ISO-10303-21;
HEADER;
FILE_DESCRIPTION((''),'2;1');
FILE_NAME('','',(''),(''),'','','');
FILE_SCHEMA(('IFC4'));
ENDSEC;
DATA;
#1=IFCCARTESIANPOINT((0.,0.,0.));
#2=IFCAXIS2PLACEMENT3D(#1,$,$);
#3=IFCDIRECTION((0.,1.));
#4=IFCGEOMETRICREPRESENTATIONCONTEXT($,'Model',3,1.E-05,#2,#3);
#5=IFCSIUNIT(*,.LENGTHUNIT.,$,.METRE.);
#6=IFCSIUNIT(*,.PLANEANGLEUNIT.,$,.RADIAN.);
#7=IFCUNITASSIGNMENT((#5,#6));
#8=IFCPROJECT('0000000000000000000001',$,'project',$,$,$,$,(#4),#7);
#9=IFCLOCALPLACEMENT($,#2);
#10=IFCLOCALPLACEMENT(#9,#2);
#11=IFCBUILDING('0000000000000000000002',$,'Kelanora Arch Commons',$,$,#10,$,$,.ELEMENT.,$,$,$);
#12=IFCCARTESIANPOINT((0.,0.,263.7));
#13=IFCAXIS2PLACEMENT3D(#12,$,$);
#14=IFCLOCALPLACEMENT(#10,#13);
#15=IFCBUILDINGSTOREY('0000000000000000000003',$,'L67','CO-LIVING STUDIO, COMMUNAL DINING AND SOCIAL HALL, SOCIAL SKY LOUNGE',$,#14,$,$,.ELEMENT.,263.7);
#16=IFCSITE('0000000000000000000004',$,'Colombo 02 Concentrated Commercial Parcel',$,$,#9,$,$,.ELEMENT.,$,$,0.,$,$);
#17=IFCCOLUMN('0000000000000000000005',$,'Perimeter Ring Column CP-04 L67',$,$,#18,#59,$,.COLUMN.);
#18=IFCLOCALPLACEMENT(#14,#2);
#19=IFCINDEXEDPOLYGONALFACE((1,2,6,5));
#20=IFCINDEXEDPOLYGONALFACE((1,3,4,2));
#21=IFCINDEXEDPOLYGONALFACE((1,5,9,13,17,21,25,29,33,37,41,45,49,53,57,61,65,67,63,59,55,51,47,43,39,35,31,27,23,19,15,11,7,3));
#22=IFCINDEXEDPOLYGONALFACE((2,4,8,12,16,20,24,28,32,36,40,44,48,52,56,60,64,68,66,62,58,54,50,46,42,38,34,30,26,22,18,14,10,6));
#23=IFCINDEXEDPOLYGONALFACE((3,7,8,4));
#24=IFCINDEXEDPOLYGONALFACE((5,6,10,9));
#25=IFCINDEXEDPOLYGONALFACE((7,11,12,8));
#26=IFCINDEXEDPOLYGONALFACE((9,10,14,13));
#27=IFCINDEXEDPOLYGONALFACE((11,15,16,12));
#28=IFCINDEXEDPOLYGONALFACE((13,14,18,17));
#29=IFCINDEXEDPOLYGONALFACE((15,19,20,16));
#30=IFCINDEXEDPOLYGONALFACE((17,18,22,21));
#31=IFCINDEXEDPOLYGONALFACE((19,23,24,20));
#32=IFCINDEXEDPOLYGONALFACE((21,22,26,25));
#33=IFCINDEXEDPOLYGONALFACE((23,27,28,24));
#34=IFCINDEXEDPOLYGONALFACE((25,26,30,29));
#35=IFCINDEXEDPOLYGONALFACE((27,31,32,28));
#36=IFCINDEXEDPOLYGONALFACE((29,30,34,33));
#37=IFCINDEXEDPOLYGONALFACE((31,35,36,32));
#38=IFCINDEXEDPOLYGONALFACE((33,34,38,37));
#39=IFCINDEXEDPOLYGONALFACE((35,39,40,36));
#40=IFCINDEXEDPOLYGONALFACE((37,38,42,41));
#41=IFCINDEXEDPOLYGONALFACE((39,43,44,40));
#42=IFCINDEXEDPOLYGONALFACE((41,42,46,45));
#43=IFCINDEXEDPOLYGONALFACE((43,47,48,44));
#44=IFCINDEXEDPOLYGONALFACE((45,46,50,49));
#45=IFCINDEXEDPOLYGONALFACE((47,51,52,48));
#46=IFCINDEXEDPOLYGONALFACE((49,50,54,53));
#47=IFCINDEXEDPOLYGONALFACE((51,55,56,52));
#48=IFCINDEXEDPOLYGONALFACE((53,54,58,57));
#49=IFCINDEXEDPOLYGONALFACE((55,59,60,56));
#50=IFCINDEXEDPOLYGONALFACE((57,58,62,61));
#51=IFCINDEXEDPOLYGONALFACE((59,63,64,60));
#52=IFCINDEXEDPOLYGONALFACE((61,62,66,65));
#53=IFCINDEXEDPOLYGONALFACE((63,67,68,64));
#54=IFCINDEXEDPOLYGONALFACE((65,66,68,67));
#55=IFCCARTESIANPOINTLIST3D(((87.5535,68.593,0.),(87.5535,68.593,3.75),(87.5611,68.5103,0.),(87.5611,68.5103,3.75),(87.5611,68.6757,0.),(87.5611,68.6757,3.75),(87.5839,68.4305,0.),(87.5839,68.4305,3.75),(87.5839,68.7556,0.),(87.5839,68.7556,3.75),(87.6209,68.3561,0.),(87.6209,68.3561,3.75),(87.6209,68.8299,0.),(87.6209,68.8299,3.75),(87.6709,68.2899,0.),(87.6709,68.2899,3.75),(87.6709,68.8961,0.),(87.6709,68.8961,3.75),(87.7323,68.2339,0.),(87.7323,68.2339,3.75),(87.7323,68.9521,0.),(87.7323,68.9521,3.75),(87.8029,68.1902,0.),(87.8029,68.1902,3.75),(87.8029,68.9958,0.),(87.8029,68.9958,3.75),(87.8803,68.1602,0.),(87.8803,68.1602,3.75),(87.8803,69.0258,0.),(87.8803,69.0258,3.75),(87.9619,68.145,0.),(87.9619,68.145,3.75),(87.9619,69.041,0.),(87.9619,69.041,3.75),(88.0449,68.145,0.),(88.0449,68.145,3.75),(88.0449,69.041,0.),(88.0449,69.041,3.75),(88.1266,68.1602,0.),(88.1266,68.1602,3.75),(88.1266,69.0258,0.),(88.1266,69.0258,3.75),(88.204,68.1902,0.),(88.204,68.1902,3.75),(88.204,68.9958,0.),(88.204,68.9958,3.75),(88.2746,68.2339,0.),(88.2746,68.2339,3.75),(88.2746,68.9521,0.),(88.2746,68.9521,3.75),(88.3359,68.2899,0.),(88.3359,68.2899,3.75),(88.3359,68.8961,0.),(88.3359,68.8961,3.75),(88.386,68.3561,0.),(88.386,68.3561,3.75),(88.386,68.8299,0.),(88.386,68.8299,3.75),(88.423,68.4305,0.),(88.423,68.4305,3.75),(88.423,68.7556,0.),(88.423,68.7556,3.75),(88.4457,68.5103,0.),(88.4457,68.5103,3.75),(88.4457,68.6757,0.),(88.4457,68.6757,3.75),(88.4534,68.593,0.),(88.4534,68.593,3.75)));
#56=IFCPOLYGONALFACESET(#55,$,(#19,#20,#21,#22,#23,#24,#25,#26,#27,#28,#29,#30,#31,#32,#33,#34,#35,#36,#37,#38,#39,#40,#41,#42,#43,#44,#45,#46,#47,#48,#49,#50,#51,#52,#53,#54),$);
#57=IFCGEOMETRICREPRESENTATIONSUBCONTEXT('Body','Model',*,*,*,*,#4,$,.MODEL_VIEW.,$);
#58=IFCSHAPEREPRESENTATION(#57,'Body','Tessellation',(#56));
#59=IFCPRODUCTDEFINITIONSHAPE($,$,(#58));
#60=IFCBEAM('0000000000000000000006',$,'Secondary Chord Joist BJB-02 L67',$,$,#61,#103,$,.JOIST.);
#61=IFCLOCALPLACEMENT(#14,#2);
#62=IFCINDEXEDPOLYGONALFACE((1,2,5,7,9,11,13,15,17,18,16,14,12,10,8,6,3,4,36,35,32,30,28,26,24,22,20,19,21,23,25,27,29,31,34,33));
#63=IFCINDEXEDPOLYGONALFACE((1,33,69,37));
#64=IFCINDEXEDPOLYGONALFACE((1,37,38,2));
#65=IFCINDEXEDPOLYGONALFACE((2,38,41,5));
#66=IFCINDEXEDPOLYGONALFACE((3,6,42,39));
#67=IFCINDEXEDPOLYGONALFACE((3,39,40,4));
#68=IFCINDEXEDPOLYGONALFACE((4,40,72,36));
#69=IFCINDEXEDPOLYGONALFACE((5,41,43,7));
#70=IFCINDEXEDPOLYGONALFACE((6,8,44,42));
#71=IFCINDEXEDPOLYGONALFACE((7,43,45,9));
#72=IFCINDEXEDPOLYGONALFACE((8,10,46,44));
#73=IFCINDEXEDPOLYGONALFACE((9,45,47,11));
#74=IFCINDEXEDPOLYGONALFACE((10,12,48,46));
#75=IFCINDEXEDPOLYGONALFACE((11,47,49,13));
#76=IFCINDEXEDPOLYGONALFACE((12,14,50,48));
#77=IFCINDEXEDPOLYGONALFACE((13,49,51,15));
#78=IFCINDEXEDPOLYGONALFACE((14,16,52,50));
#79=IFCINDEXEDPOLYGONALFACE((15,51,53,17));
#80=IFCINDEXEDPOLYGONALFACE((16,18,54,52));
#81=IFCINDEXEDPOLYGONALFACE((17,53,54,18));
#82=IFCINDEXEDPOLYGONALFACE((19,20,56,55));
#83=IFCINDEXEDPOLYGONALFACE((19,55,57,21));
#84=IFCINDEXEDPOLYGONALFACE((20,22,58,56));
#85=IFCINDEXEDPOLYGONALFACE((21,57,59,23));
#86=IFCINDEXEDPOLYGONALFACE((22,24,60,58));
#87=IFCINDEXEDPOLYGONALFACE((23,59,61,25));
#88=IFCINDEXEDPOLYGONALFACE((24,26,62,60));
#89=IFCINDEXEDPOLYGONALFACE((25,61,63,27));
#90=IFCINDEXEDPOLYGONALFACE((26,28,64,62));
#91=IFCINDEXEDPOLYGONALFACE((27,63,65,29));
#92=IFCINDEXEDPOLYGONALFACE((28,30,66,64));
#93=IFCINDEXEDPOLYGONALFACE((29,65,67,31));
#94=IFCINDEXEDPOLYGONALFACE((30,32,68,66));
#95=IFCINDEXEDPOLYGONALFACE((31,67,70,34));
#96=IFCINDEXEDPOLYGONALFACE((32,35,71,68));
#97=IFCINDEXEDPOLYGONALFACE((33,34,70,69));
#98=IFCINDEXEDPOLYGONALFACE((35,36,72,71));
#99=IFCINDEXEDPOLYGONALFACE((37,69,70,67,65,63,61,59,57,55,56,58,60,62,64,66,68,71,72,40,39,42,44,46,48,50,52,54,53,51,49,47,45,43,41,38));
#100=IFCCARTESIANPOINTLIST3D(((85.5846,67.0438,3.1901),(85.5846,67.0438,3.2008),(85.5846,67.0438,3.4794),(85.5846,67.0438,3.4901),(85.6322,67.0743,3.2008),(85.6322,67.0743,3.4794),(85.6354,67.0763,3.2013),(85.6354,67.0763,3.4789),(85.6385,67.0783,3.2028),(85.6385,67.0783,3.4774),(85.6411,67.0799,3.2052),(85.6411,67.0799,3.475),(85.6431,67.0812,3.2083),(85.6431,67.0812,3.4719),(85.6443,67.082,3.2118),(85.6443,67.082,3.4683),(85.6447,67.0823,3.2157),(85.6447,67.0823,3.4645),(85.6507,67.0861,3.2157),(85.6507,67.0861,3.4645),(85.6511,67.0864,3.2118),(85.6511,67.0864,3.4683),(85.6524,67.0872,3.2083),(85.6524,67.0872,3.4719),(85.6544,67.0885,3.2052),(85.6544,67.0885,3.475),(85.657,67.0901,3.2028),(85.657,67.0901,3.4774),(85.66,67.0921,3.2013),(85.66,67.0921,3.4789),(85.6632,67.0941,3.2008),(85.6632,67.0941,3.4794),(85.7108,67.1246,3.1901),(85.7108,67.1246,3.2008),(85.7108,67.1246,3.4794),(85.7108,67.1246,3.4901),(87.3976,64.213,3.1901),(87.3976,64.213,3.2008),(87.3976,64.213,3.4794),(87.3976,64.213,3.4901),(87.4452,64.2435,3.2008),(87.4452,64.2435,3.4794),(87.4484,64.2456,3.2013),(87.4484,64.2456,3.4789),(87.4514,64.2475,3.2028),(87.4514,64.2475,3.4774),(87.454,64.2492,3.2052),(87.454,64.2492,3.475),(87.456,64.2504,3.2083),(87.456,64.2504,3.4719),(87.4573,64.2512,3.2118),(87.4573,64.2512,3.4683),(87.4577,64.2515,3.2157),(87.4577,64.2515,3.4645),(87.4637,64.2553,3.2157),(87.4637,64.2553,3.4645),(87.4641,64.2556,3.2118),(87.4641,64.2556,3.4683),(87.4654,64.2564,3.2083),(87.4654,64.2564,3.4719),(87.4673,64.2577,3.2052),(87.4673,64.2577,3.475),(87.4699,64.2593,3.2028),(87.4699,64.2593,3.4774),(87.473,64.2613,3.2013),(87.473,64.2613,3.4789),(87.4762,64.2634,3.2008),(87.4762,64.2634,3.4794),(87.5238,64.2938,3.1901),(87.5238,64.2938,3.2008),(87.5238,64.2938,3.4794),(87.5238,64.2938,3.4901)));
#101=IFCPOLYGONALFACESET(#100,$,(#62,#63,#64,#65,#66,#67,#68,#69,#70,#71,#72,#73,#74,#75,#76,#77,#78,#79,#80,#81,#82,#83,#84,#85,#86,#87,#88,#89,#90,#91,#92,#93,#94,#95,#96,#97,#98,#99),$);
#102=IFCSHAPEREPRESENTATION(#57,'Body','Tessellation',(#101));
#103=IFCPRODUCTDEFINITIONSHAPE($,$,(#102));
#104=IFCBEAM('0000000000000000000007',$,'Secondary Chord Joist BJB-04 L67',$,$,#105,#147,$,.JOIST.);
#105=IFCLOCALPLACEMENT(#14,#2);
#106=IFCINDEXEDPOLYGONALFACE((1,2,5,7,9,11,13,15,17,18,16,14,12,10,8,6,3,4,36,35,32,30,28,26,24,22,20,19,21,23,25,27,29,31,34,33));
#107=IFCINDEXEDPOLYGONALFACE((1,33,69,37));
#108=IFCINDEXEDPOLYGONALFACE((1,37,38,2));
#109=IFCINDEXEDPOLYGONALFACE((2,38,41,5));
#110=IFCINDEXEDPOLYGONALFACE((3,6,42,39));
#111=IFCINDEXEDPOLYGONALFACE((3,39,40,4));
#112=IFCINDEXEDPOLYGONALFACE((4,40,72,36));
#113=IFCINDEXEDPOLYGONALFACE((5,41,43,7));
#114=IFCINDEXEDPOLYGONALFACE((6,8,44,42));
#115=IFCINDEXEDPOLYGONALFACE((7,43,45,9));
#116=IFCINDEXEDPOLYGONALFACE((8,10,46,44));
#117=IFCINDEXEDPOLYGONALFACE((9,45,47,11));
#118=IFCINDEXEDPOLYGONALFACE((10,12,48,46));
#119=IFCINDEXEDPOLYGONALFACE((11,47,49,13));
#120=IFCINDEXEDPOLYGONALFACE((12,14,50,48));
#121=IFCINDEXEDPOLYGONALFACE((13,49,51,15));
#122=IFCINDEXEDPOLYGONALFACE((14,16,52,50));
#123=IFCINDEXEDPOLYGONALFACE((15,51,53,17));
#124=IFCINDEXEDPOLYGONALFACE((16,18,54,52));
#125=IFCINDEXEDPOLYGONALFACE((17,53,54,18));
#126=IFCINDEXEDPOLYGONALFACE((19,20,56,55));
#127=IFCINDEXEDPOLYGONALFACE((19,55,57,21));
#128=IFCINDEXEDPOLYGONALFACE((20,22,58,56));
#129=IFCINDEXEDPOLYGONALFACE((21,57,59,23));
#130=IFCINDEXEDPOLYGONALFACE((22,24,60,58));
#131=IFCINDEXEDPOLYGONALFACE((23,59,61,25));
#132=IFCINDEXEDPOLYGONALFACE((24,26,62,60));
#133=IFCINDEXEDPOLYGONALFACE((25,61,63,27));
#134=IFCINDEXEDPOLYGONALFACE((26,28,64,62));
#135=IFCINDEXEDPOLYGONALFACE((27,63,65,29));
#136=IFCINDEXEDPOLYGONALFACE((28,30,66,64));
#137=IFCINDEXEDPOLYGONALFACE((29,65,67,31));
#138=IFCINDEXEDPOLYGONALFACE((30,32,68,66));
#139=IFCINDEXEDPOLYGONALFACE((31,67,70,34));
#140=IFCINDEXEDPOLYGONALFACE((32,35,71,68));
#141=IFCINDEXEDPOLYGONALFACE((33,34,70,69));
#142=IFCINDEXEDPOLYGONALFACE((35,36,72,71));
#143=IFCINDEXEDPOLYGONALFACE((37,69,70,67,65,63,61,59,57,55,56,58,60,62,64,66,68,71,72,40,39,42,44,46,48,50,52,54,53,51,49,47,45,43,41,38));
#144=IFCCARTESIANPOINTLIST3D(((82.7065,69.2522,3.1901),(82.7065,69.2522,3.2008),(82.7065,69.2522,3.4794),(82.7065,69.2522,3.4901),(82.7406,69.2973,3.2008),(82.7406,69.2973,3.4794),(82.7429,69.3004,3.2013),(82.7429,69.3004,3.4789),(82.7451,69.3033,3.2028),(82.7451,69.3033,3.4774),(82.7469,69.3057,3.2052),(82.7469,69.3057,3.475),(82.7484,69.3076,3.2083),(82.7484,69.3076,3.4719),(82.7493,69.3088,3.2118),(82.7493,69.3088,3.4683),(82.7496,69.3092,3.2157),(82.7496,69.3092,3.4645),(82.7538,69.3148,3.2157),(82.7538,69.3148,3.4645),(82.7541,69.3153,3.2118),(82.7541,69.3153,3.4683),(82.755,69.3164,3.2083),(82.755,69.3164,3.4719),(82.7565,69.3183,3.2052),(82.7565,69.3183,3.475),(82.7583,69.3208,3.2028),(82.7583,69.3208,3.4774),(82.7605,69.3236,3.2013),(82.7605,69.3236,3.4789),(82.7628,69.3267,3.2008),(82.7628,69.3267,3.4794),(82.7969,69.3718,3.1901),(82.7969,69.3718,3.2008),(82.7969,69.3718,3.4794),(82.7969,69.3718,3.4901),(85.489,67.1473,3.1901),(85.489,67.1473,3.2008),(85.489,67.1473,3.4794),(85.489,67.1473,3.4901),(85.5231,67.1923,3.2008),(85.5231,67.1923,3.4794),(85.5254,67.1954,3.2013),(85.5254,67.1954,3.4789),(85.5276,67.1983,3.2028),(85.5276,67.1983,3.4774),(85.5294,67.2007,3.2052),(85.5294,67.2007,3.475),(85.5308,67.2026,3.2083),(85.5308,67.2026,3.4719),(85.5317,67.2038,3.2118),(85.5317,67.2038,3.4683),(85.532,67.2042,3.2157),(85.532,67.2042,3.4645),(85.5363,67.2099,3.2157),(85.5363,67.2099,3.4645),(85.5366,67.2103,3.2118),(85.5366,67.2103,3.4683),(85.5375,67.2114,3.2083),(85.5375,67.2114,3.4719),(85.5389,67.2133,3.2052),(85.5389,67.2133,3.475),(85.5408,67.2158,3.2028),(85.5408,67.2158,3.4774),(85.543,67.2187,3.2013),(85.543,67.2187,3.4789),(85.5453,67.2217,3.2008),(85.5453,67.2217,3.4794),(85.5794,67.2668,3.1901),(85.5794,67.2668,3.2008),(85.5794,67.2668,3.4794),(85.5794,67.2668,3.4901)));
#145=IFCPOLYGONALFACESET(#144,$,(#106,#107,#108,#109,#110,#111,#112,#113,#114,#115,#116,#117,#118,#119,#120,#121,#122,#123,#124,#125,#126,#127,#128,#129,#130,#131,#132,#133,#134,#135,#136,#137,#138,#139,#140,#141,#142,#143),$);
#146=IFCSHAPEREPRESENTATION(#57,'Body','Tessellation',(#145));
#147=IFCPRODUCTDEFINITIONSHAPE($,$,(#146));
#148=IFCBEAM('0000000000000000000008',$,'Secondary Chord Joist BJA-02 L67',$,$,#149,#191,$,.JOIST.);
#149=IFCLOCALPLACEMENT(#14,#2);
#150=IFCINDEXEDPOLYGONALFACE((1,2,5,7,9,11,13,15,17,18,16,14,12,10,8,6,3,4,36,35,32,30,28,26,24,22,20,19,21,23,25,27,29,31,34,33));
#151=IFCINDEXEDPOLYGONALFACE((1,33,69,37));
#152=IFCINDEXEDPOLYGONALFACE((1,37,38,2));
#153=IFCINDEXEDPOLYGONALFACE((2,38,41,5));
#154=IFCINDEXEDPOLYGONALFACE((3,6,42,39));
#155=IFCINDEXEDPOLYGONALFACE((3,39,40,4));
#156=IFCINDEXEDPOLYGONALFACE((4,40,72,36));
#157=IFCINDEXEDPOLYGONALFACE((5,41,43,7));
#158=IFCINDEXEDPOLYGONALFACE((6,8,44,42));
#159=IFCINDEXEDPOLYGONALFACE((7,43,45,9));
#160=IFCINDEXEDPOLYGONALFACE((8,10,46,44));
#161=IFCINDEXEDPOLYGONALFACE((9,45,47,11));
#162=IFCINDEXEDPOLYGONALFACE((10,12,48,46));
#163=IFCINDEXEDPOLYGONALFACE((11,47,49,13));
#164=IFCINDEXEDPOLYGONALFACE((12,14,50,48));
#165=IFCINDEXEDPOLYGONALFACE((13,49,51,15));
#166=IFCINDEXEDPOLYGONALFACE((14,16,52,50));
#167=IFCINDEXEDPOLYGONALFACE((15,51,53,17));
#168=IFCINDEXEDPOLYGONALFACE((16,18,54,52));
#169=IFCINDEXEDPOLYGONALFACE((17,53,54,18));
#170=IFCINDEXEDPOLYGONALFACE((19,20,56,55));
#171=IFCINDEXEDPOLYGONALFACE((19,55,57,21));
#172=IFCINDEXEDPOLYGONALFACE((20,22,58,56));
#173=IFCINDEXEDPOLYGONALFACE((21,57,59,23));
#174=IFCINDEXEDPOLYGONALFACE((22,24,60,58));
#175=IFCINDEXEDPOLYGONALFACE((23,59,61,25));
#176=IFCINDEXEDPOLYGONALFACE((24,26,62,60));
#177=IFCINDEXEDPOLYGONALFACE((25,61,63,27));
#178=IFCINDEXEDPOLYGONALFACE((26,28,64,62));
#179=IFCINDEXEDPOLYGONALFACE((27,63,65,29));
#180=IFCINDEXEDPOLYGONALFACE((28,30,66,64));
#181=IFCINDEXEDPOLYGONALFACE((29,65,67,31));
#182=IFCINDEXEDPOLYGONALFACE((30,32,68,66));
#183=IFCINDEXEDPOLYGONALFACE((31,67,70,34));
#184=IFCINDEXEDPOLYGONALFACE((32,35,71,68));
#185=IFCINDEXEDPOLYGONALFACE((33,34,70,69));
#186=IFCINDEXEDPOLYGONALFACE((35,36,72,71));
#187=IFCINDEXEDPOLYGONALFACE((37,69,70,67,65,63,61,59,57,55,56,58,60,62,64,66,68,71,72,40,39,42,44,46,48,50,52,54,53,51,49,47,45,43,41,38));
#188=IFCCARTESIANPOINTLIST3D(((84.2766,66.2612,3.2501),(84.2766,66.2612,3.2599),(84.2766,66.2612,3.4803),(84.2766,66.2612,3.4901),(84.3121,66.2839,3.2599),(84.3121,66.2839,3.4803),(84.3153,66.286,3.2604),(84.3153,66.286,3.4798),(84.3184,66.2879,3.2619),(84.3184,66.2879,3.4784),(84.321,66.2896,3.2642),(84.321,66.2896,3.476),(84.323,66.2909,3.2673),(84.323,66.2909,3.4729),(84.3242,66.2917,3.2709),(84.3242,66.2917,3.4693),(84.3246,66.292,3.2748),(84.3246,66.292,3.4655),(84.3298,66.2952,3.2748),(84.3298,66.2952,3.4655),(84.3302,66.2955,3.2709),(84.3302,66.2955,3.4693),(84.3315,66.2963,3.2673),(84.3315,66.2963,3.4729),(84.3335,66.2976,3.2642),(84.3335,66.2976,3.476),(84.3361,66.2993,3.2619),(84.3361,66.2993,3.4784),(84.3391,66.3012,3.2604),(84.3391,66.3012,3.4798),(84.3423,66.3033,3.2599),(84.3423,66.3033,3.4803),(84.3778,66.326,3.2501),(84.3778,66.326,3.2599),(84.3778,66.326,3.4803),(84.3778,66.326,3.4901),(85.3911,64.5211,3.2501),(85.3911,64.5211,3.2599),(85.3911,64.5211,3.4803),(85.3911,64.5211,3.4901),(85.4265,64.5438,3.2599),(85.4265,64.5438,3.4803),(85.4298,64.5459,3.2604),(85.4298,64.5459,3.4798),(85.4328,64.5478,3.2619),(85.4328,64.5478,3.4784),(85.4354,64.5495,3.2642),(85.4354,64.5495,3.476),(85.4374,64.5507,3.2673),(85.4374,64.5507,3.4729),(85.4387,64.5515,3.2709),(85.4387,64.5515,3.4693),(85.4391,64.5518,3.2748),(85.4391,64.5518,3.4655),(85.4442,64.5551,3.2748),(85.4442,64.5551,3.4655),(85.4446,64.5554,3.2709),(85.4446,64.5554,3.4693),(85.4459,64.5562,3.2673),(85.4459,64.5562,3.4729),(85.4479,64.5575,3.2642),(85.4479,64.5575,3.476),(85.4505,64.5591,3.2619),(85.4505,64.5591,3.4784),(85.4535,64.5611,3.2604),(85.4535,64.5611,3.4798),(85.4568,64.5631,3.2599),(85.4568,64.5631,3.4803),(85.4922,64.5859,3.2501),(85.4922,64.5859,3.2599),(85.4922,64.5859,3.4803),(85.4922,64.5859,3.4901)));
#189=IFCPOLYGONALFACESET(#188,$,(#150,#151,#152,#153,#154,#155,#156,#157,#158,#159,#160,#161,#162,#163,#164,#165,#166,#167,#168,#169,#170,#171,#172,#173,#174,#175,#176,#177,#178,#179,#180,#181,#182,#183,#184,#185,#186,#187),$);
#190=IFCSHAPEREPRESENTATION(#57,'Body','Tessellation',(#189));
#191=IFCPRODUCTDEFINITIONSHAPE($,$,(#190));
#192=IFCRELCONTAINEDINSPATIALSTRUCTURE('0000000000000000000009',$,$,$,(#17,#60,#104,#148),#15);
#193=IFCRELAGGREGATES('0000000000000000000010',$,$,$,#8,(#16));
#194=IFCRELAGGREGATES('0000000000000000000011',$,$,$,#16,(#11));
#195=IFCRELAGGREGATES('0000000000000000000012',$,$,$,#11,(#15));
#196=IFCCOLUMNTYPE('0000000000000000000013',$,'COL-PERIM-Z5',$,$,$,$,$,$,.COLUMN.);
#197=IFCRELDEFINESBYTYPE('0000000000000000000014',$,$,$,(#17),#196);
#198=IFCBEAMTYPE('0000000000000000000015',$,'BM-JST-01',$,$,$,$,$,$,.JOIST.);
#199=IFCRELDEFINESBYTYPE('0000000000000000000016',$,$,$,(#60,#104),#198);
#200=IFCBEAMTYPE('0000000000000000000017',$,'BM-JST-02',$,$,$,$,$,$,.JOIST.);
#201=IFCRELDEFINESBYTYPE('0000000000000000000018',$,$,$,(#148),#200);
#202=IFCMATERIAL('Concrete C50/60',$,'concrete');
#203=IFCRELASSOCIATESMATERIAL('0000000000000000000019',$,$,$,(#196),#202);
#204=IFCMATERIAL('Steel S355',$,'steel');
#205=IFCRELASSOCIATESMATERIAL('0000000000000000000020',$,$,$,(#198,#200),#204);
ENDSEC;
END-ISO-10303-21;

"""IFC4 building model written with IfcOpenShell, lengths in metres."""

from ifc_helpers import new_model, si_unit, direction, frame, origin, origin_2d, place, context, subcontext, project, spatial, circle, i_section, extrude, material, material_profile, profile_set, type_object, element, save


model = new_model("IFC4")

# Units and contexts
model_context = context("Model", 3, precision=1e-05, world=origin(), true_north=direction((0.0, 1.0)))
body_context = subcontext(model_context, "Body", "Model", "MODEL_VIEW")
ifc_project = project(units=[si_unit("LENGTHUNIT", "METRE"), si_unit("PLANEANGLEUNIT", "RADIAN")], contexts=[model_context])

# Site, building, storey
site_placement = place(None, origin())
site = spatial("IfcSite", under=ifc_project, at=site_placement, Name="Colombo 02 Concentrated Commercial Parcel", CompositionType="ELEMENT", RefElevation=0.0)
building_placement = place(site_placement, origin())
building = spatial("IfcBuilding", under=site, at=building_placement, Name="Kelanora Arch Commons", CompositionType="ELEMENT")
storey_placement = place(building_placement, frame((0.0, 0.0, 263.7)))
storey = spatial("IfcBuildingStorey", under=building, at=storey_placement, Name="L67", Description="CO-LIVING STUDIO, COMMUNAL DINING AND SOCIAL HALL, SOCIAL SKY LOUNGE", CompositionType="ELEMENT", Elevation=263.7)

# Column
ifc_material_1 = material(Name="Concrete C50/60", Category="concrete")
ifc_material_profile_1 = material_profile(ifc_material_1, circle(Radius=0.45, at=origin_2d()), Name="RCC900")
ifc_profile_set_1 = profile_set([ifc_material_profile_1], Name="Concrete C50/60")
column_type = type_object("IfcColumnType", Name="COL-PERIM-Z5", PredefinedType="COLUMN", material=ifc_profile_set_1)
column_placement = place(storey_placement, frame((88.0034, 68.593, 0.0), z_axis=(0.0, 0.0, 1.0), x_axis=(1.0, 0.0, 0.0)))
element("IfcColumn", 1, at=column_placement, inside=storey, type_object=column_type, Name="Perimeter Ring Column CP-04 L67", PredefinedType="COLUMN", context=body_context, shape_type="SweptSolid", body=[
    extrude(circle(Radius=0.45, at=origin_2d()), origin(), (0.0, 0.0, 1.0), 3.75),
])

# Beams
ifc_material_2 = material(Name="Steel S355", Category="steel")
ifc_material_profile_2 = material_profile(ifc_material_2, i_section(OverallWidth=0.1499, OverallDepth=0.3, WebThickness=0.0071, FlangeThickness=0.0107, FilletRadius=0.0149, at=origin_2d()), Name="IPE300")
ifc_profile_set_2 = profile_set([ifc_material_profile_2], Name="Steel S355")
beam_type_1 = type_object("IfcBeamType", Name="BM-JST-01", PredefinedType="JOIST", material=ifc_profile_set_2)
beam_1_placement = place(storey_placement, frame((87.4607, 64.2534, 3.3401), z_axis=(-0.539322, 0.8421, 0.0), x_axis=(-0.8421, -0.539322, 0.0)))
element("IfcBeam", 2, at=beam_1_placement, inside=storey, type_object=beam_type_1, Name="Secondary Chord Joist BJB-02 L67", PredefinedType="JOIST", context=body_context, shape_type="SweptSolid", body=[
    extrude(i_section(OverallWidth=0.1499, OverallDepth=0.3, WebThickness=0.0071, FlangeThickness=0.0107, FilletRadius=0.0149, at=origin_2d()), origin(), (0.0, 0.0, 1.0), 3.3616),
])
beam_2_placement = place(storey_placement, frame((85.5342, 67.207, 3.3401), z_axis=(-0.797499, 0.60332, 0.0), x_axis=(-0.60332, -0.797499, 0.0)))
element("IfcBeam", 3, at=beam_2_placement, inside=storey, type_object=beam_type_1, Name="Secondary Chord Joist BJB-04 L67", PredefinedType="JOIST", context=body_context, shape_type="SweptSolid", body=[
    extrude(i_section(OverallWidth=0.1499, OverallDepth=0.3, WebThickness=0.0071, FlangeThickness=0.0107, FilletRadius=0.0149, at=origin_2d()), origin(), (0.0, 0.0, 1.0), 3.489),
])
ifc_material_profile_3 = material_profile(ifc_material_2, i_section(OverallWidth=0.1201, OverallDepth=0.24, WebThickness=0.0061, FlangeThickness=0.0098, FilletRadius=0.0149, at=origin_2d()), Name="IPE240")
ifc_profile_set_3 = profile_set([ifc_material_profile_3], Name="Steel S355")
beam_type_2 = type_object("IfcBeamType", Name="BM-JST-02", PredefinedType="JOIST", material=ifc_profile_set_3)
beam_3_placement = place(storey_placement, frame((85.4417, 64.5535, 3.3701), z_axis=(-0.539312, 0.842106, 0.0), x_axis=(-0.842106, -0.539312, 0.0)))
element("IfcBeam", 4, at=beam_3_placement, inside=storey, type_object=beam_type_2, Name="Secondary Chord Joist BJA-02 L67", PredefinedType="JOIST", context=body_context, shape_type="SweptSolid", body=[
    extrude(i_section(OverallWidth=0.1201, OverallDepth=0.24, WebThickness=0.0061, FlangeThickness=0.0098, FilletRadius=0.0149, at=origin_2d()), origin(), (0.0, 0.0, 1.0), 2.0664),
])

save(model, "model.ifc")
